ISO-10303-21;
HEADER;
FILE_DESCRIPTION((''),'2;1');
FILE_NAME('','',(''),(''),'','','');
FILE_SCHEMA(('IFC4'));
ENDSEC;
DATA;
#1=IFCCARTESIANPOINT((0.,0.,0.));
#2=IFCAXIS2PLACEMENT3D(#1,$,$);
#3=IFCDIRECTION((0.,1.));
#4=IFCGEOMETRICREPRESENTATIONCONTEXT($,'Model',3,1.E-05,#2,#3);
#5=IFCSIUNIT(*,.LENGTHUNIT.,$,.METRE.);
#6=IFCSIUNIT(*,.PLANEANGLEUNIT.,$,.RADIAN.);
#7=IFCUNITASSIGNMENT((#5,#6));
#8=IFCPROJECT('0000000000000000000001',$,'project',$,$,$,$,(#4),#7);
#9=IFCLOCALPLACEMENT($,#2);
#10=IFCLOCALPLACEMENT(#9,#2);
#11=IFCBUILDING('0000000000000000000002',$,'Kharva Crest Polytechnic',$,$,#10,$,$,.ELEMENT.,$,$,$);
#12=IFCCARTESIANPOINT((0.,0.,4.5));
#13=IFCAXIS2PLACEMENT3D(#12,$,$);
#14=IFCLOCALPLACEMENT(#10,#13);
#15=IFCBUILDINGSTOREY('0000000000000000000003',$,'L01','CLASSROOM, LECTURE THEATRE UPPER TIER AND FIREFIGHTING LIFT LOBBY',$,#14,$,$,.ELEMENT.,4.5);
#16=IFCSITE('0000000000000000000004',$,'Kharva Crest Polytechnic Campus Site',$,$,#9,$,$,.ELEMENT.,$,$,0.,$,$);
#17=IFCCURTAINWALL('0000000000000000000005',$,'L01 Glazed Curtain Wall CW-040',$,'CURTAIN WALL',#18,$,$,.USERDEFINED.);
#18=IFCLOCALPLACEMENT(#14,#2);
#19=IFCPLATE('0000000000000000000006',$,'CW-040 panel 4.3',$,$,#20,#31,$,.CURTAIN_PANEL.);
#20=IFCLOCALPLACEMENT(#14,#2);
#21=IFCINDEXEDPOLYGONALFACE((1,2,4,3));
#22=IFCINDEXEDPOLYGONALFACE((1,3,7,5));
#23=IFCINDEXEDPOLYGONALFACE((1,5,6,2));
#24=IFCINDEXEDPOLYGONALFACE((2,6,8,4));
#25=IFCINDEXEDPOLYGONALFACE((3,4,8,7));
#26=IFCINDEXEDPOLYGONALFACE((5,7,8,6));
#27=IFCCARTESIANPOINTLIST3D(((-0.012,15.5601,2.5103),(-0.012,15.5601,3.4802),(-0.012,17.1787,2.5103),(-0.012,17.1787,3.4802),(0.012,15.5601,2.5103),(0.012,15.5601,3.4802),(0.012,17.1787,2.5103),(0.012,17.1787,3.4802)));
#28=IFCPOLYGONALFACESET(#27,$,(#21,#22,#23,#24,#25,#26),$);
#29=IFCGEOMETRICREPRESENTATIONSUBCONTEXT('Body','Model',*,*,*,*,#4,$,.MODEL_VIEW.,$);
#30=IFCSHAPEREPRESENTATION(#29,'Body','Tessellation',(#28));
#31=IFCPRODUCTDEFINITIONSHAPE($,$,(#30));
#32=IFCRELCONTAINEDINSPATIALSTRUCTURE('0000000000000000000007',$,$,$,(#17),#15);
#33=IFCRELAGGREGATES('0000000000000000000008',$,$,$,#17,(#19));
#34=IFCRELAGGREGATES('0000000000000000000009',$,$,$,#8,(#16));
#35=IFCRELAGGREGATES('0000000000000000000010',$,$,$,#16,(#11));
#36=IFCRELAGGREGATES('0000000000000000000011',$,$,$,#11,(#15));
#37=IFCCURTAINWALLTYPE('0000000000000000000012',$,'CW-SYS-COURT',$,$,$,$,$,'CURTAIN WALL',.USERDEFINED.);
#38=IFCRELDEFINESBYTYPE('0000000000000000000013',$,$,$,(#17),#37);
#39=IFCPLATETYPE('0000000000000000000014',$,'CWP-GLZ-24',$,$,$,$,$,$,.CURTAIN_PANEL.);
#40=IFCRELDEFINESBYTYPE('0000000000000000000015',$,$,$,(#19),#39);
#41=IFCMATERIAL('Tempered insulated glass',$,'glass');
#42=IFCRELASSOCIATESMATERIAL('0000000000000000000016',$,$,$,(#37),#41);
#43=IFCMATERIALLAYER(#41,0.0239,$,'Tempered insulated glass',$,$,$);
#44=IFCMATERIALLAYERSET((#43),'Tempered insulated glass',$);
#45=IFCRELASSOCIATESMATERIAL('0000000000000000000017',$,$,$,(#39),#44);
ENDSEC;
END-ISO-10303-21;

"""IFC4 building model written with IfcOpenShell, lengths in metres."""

from ifc_helpers import new_model, si_unit, direction, frame, origin, origin_2d, place, context, subcontext, project, spatial, rectangle, extrude, material, layer, layer_set, type_object, element, aggregate, save


model = new_model("IFC4")

# Units and contexts
model_context = context("Model", 3, precision=1e-05, world=origin(), true_north=direction((0.0, 1.0)))
body_context = subcontext(model_context, "Body", "Model", "MODEL_VIEW")
ifc_project = project(units=[si_unit("LENGTHUNIT", "METRE"), si_unit("PLANEANGLEUNIT", "RADIAN")], contexts=[model_context])

# Site, building, storey
site_placement = place(None, origin())
site = spatial("IfcSite", under=ifc_project, at=site_placement, Name="Kharva Crest Polytechnic Campus Site", CompositionType="ELEMENT", RefElevation=0.0)
building_placement = place(site_placement, origin())
building = spatial("IfcBuilding", under=site, at=building_placement, Name="Kharva Crest Polytechnic", CompositionType="ELEMENT")
storey_placement = place(building_placement, frame((0.0, 0.0, 4.5)))
storey = spatial("IfcBuildingStorey", under=building, at=storey_placement, Name="L01", Description="CLASSROOM, LECTURE THEATRE UPPER TIER AND FIREFIGHTING LIFT LOBBY", CompositionType="ELEMENT", Elevation=4.5)

# Curtain wall
ifc_material_1 = material(Name="Tempered insulated glass", Category="glass")
curtain_wall_type = type_object("IfcCurtainWallType", Name="CW-SYS-COURT", ElementType="CURTAIN WALL", PredefinedType="USERDEFINED", material=ifc_material_1)
curtain_wall_placement = place(storey_placement, origin())
curtain_wall = element("IfcCurtainWall", 1, at=curtain_wall_placement, inside=storey, type_object=curtain_wall_type, Name="L01 Glazed Curtain Wall CW-040", ObjectType="CURTAIN WALL", PredefinedType="USERDEFINED")

# Plate
ifc_layer = layer(ifc_material_1, 0.0239, Name="Tempered insulated glass")
ifc_layer_set = layer_set([ifc_layer], Name="Tempered insulated glass")
plate_type = type_object("IfcPlateType", Name="CWP-GLZ-24", PredefinedType="CURTAIN_PANEL", material=ifc_layer_set)
plate_1_placement = place(storey_placement, frame((0.0, 16.3694, 2.5103), z_axis=(0.0, 0.0, 1.0), x_axis=(0.0, -1.0, 0.0)))
plate_1 = element("IfcPlate", 2, at=plate_1_placement, type_object=plate_type, Name="CW-040 panel 4.3", PredefinedType="CURTAIN_PANEL", context=body_context, shape_type="SweptSolid", body=[
    extrude(rectangle(XDim=1.6187, YDim=0.0239, at=origin_2d()), origin(), (0.0, 0.0, 1.0), 0.97),
])
aggregate(curtain_wall, [plate_1])

save(model, "model.ifc")
